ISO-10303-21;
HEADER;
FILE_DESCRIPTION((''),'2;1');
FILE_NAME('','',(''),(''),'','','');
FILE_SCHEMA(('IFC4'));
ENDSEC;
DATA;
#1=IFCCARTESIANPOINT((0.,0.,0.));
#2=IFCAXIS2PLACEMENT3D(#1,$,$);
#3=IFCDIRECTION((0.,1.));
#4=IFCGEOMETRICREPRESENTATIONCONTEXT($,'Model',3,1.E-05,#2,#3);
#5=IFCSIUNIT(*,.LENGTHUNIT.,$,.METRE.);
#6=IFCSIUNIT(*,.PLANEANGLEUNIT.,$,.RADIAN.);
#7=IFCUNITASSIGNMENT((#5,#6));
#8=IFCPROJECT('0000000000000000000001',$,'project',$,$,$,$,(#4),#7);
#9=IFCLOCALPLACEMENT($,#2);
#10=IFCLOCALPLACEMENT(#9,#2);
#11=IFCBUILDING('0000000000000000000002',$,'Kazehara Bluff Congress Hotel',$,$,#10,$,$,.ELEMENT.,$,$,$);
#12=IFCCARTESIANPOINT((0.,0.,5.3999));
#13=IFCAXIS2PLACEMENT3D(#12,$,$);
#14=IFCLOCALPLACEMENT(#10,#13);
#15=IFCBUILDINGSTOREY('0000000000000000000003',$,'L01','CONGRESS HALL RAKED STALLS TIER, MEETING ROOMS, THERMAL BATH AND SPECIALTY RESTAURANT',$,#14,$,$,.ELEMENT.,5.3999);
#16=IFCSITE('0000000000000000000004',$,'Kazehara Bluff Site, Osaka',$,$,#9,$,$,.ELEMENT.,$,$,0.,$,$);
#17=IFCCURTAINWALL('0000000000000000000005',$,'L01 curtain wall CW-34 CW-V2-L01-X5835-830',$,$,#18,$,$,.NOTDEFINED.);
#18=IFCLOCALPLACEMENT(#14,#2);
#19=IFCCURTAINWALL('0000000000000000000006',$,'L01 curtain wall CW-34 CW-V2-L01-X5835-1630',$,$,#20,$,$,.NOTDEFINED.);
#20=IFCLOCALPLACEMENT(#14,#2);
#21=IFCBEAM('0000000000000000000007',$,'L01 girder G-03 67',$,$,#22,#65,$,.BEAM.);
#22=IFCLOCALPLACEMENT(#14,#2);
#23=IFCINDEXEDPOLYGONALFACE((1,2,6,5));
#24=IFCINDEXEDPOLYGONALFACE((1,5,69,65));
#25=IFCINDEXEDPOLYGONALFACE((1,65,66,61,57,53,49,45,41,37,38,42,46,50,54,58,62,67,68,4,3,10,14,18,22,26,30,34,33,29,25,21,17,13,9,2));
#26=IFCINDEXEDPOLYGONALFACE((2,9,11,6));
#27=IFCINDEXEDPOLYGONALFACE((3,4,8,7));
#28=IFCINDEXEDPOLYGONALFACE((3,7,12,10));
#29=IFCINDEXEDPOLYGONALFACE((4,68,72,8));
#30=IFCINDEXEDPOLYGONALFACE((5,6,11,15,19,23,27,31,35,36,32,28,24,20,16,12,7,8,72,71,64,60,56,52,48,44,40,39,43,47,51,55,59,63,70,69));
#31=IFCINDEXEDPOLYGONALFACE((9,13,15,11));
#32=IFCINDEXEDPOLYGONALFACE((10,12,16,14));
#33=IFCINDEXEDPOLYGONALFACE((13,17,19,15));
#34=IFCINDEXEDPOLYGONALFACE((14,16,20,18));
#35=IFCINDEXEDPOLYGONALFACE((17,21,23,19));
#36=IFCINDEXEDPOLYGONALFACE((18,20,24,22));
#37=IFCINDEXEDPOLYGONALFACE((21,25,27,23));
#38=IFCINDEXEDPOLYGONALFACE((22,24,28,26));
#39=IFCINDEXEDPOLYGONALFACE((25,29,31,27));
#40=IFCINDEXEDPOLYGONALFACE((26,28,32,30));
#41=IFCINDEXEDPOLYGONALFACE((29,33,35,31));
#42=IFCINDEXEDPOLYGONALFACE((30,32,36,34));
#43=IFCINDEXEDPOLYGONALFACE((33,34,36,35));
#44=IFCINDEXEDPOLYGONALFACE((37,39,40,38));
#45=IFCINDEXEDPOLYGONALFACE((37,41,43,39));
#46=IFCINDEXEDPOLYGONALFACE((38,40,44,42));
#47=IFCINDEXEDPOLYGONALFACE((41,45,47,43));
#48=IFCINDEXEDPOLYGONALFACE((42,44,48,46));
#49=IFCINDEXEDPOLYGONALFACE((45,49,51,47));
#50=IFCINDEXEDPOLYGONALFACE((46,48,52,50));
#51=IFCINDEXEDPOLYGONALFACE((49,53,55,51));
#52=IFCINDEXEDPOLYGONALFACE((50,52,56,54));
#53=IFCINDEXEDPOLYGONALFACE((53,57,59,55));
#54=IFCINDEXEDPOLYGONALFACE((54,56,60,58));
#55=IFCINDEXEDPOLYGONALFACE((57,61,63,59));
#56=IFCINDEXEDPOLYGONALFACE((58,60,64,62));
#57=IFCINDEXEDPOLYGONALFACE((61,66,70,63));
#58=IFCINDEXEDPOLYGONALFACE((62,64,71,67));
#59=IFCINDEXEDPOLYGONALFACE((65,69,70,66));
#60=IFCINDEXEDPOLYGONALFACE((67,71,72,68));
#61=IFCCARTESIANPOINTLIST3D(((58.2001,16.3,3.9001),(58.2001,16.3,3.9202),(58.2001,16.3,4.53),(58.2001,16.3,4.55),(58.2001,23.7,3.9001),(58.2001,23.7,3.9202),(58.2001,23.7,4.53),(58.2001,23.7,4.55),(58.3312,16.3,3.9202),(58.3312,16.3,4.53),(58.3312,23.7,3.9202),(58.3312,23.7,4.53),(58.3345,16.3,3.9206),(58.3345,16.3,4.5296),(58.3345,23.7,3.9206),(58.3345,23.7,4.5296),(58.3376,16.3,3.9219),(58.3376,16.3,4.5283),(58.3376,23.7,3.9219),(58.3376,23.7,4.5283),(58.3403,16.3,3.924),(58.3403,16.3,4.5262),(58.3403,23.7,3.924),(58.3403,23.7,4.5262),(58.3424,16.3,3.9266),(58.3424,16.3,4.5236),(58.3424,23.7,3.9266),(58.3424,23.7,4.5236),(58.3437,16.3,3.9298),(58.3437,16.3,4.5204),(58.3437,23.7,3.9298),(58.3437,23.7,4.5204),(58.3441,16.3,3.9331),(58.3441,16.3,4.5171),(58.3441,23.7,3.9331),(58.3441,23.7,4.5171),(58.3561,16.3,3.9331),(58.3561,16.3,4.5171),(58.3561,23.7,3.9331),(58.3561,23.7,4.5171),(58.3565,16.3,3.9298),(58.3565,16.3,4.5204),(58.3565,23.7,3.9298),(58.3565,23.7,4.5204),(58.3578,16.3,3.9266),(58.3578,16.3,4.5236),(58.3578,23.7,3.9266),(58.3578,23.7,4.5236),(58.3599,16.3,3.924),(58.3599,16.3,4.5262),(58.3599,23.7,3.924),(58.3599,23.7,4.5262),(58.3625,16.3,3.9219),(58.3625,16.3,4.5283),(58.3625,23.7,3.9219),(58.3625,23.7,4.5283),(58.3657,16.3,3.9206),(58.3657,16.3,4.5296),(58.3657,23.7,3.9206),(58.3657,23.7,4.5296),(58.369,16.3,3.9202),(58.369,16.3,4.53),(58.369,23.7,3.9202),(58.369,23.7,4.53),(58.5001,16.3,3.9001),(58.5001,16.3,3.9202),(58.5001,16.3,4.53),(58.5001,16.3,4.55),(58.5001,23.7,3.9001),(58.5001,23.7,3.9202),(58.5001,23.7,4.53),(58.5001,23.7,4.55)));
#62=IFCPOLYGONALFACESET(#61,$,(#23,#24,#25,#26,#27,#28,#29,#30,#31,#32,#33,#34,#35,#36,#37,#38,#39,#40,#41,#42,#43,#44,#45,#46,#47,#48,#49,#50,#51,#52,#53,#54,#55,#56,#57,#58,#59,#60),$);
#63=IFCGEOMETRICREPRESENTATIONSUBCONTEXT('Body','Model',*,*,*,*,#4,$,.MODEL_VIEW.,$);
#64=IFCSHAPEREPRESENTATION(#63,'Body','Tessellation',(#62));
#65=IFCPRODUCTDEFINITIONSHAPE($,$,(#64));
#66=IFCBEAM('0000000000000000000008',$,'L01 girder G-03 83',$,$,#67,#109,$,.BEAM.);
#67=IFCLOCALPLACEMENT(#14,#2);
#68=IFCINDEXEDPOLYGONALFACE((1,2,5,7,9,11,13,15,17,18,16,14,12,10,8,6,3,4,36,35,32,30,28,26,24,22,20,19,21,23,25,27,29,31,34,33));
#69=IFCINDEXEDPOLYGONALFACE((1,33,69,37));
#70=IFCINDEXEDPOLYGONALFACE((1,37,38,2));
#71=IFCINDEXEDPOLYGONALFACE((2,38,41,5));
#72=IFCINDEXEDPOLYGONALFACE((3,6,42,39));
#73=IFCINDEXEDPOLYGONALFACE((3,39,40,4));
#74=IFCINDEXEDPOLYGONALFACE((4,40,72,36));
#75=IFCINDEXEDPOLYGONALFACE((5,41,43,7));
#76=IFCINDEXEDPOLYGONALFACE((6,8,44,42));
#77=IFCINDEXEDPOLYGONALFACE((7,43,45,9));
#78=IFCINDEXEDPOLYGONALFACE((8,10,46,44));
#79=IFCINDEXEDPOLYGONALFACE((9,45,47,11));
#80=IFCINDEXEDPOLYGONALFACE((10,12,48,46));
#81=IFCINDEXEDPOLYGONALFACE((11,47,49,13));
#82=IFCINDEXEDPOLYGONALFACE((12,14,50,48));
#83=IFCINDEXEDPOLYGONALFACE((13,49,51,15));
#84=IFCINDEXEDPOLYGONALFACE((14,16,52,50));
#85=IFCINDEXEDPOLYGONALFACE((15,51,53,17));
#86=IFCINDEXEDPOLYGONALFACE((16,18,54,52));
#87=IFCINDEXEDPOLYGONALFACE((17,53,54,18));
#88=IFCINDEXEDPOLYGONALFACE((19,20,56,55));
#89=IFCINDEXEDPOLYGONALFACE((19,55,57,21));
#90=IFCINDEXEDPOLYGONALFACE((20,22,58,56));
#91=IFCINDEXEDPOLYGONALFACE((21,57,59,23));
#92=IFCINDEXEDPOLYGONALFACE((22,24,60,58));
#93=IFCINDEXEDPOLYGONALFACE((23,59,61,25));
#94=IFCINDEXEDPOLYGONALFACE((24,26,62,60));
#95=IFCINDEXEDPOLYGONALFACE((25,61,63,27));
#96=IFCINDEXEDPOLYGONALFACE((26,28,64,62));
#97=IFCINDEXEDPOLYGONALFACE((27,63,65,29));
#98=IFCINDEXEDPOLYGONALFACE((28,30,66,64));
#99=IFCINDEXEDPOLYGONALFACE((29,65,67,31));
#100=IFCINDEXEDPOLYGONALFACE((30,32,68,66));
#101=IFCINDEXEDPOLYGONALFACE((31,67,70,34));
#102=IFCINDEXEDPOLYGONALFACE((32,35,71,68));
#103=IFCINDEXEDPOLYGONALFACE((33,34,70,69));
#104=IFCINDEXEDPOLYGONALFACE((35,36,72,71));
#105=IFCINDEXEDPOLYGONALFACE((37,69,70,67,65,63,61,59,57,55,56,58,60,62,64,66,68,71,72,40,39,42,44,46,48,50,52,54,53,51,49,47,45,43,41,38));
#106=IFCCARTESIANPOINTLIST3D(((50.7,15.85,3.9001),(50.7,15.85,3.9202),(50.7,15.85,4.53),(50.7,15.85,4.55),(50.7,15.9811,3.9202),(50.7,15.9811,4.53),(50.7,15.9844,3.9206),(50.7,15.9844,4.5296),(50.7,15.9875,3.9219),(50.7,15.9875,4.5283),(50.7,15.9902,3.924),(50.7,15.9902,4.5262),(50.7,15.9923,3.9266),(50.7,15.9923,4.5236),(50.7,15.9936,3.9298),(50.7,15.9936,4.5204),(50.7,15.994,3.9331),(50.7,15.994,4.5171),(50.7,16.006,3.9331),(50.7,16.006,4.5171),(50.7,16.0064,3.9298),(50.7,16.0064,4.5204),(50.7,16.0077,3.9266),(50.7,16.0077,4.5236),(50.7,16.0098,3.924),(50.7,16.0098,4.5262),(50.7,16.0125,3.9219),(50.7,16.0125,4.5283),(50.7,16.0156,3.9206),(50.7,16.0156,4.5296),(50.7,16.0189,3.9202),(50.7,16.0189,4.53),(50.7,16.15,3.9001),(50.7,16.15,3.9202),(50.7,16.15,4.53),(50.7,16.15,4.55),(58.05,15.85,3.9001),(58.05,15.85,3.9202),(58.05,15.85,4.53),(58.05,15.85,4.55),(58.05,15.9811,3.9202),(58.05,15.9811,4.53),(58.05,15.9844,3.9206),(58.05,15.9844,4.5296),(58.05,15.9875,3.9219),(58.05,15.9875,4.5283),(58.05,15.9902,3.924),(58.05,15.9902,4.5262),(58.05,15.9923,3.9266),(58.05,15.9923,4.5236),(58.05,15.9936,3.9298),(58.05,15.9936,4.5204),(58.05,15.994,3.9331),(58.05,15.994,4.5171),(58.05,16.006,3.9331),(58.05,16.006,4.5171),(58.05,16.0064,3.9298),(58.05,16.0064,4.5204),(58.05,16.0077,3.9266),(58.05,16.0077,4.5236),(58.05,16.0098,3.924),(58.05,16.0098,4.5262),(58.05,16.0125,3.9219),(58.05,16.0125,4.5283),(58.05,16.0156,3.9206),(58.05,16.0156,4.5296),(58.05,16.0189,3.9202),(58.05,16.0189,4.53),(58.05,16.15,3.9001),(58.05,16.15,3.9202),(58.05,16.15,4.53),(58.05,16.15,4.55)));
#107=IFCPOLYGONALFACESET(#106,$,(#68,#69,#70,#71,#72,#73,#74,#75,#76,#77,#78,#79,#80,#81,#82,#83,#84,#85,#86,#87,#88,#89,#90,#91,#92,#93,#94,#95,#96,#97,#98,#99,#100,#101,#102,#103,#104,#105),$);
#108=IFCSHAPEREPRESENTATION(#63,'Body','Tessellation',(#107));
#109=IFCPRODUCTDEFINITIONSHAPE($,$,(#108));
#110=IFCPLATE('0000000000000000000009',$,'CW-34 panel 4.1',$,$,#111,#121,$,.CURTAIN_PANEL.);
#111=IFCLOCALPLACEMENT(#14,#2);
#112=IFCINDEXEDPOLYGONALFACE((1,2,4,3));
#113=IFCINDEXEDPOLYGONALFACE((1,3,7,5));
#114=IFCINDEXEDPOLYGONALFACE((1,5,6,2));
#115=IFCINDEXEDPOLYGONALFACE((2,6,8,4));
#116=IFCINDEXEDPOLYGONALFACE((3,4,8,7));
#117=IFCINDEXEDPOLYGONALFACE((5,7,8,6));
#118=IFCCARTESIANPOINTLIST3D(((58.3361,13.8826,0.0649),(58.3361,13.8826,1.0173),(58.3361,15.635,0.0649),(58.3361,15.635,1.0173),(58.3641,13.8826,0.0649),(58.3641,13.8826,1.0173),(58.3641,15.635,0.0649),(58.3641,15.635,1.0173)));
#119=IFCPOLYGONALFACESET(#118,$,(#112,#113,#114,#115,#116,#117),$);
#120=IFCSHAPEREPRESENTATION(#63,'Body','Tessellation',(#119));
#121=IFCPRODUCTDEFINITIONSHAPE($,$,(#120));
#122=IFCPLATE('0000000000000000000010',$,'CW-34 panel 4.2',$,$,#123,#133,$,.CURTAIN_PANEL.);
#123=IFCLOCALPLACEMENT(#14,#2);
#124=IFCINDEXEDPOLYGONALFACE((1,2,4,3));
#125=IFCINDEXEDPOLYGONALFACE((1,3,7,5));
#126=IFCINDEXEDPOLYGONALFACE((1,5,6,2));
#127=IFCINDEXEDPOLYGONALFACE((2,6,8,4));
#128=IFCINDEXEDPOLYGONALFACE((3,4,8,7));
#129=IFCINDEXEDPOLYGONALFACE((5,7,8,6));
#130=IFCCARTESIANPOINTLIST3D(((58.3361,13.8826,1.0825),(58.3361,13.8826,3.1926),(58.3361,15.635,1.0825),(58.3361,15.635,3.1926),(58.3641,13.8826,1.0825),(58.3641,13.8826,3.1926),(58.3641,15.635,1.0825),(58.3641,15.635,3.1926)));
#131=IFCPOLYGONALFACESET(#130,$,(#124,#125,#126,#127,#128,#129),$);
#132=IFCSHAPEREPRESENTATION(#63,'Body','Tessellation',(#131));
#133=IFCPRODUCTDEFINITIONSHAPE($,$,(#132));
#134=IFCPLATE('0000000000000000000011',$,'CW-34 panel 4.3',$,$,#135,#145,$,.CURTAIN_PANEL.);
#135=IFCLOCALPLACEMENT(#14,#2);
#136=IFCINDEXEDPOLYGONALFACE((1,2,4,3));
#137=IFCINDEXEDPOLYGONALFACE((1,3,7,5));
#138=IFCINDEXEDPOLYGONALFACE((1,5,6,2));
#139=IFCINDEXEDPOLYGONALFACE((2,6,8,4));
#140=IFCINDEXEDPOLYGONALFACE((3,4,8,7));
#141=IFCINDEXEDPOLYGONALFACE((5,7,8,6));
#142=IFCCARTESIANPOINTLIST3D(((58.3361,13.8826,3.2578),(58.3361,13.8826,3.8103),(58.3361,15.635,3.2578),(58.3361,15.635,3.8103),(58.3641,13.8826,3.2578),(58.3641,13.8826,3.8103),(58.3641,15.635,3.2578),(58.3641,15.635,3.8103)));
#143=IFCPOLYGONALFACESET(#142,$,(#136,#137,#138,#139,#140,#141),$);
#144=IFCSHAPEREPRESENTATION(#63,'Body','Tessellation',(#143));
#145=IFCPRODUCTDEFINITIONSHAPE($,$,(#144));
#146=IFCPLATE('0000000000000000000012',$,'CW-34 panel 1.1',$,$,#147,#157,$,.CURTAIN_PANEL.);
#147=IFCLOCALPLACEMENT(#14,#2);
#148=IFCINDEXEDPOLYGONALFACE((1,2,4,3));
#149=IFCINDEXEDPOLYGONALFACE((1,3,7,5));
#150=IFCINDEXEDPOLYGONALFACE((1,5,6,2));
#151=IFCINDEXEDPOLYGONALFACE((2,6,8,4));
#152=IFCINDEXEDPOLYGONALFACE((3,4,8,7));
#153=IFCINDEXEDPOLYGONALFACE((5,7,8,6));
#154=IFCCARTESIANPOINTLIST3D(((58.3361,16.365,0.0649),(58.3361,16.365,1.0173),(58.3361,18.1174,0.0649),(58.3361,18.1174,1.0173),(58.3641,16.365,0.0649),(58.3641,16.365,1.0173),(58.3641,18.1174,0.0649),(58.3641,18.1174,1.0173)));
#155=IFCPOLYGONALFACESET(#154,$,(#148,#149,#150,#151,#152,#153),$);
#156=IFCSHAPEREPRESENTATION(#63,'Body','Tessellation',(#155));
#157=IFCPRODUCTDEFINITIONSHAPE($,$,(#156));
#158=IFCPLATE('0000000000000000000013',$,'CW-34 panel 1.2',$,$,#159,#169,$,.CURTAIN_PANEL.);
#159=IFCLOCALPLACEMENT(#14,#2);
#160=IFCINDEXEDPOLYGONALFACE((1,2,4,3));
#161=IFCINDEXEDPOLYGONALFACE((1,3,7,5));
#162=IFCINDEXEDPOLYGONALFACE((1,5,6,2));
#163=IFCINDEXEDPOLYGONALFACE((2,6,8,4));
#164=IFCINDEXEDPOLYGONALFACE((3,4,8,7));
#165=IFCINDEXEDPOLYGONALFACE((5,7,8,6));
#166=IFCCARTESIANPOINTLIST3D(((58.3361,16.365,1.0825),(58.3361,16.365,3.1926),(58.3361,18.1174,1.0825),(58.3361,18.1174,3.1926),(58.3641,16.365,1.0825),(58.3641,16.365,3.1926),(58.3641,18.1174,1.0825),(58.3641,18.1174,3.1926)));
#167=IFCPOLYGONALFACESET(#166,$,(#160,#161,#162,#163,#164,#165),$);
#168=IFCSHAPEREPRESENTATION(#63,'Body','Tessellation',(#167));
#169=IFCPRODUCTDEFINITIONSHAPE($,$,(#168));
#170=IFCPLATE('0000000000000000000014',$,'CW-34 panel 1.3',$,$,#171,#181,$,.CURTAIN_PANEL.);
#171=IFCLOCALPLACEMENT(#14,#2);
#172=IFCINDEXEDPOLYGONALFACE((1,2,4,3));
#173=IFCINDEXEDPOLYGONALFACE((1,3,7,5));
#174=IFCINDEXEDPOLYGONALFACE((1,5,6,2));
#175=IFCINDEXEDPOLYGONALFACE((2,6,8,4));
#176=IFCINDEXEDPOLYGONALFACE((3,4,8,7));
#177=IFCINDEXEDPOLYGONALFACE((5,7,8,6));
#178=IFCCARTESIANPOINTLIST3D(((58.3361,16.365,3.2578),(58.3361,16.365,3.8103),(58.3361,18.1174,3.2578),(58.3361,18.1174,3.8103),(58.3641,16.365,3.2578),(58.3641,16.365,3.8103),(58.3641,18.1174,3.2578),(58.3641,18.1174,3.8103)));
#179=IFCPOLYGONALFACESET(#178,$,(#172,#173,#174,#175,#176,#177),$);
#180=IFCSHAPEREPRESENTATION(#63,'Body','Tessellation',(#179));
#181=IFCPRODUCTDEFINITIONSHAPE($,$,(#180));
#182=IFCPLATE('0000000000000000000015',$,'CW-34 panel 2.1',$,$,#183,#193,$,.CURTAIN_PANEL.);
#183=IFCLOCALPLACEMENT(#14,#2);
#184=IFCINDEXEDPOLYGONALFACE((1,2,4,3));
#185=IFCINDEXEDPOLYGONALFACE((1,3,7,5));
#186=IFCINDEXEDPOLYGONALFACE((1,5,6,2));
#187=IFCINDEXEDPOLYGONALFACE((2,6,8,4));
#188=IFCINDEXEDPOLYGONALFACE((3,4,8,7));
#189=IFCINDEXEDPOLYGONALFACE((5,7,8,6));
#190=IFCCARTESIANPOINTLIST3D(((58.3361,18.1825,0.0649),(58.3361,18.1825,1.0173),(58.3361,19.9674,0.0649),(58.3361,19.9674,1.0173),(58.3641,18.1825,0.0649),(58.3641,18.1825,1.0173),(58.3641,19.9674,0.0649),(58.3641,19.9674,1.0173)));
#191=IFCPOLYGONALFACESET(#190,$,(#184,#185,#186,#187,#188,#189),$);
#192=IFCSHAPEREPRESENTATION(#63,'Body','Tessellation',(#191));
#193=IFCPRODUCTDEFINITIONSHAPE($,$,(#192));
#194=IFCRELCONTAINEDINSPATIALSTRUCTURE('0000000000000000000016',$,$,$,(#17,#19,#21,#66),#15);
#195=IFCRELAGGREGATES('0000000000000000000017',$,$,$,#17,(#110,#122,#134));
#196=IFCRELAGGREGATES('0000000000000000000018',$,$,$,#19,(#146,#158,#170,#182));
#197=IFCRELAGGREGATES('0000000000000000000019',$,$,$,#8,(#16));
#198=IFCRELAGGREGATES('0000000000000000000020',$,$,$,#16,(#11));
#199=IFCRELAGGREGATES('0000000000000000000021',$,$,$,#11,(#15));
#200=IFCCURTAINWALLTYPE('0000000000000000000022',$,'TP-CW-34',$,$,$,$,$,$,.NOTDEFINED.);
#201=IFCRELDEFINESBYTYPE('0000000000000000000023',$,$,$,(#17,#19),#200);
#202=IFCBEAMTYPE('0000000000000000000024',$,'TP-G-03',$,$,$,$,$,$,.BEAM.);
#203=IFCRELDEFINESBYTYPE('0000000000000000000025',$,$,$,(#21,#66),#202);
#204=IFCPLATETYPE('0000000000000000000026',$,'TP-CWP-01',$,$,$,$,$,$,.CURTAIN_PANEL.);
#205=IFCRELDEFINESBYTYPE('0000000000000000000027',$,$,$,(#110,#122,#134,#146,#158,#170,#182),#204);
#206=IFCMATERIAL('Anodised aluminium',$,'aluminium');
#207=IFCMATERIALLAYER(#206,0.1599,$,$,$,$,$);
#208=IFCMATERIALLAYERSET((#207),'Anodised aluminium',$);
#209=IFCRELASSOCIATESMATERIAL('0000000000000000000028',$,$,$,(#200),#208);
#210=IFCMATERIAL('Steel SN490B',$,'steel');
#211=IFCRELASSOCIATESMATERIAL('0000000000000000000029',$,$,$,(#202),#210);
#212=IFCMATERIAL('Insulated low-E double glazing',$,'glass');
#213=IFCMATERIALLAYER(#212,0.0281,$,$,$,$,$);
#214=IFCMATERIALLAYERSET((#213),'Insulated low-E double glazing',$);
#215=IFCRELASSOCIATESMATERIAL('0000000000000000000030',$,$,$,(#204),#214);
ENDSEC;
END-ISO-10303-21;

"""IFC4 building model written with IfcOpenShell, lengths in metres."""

from ifc_helpers import new_model, si_unit, direction, frame, origin, origin_2d, place, context, subcontext, project, spatial, rectangle, i_section, extrude, material, layer, layer_set, material_profile, profile_set, type_object, element, aggregate, save


model = new_model("IFC4")

# Units and contexts
model_context = context("Model", 3, precision=1e-05, world=origin(), true_north=direction((0.0, 1.0)))
body_context = subcontext(model_context, "Body", "Model", "MODEL_VIEW")
ifc_project = project(units=[si_unit("LENGTHUNIT", "METRE"), si_unit("PLANEANGLEUNIT", "RADIAN")], contexts=[model_context])

# Site, building, storey
site_placement = place(None, origin())
site = spatial("IfcSite", under=ifc_project, at=site_placement, Name="Kazehara Bluff Site, Osaka", CompositionType="ELEMENT", RefElevation=0.0)
building_placement = place(site_placement, origin())
building = spatial("IfcBuilding", under=site, at=building_placement, Name="Kazehara Bluff Congress Hotel", CompositionType="ELEMENT")
storey_placement = place(building_placement, frame((0.0, 0.0, 5.3999)))
storey = spatial("IfcBuildingStorey", under=building, at=storey_placement, Name="L01", Description="CONGRESS HALL RAKED STALLS TIER, MEETING ROOMS, THERMAL BATH AND SPECIALTY RESTAURANT", CompositionType="ELEMENT", Elevation=5.3999)

# Curtain walls
ifc_material_1 = material(Name="Anodised aluminium", Category="aluminium")
ifc_layer_1 = layer(ifc_material_1, 0.1599)
ifc_layer_set_1 = layer_set([ifc_layer_1], Name="Anodised aluminium")
curtain_wall_type = type_object("IfcCurtainWallType", Name="TP-CW-34", PredefinedType="NOTDEFINED", material=ifc_layer_set_1)
curtain_wall_1_placement = place(storey_placement, origin())
curtain_wall_1 = element("IfcCurtainWall", 1, at=curtain_wall_1_placement, inside=storey, type_object=curtain_wall_type, Name="L01 curtain wall CW-34 CW-V2-L01-X5835-830", PredefinedType="NOTDEFINED")
curtain_wall_2_placement = place(storey_placement, origin())
curtain_wall_2 = element("IfcCurtainWall", 2, at=curtain_wall_2_placement, inside=storey, type_object=curtain_wall_type, Name="L01 curtain wall CW-34 CW-V2-L01-X5835-1630", PredefinedType="NOTDEFINED")

# Beams
ifc_material_2 = material(Name="Steel SN490B", Category="steel")
ifc_material_profile_1 = material_profile(ifc_material_2, i_section(OverallWidth=0.3, OverallDepth=0.6499, WebThickness=0.012, FlangeThickness=0.02, FilletRadius=0.0129, at=origin_2d()))
ifc_profile_set_1 = profile_set([ifc_material_profile_1], Name="Steel SN490B")
beam_type = type_object("IfcBeamType", Name="TP-G-03", PredefinedType="BEAM", material=ifc_profile_set_1)
for number, where, z_axis, x_axis, name in (
    (3, (58.3501, 16.3, 4.2251), (0.0, 1.0, 0.0), (-1.0, 0.0, 0.0), "L01 girder G-03 67"),
):
    element("IfcBeam", number, at=place(storey_placement, frame(where, z_axis=z_axis, x_axis=x_axis)), inside=storey, type_object=beam_type, Name=name, PredefinedType="BEAM", context=body_context, shape_type="SweptSolid", body=[
        extrude(i_section(OverallWidth=0.3, OverallDepth=0.6499, WebThickness=0.012, FlangeThickness=0.02, FilletRadius=0.0129, at=origin_2d()), origin(), (0.0, 0.0, 1.0), 7.3999),
    ])
beam_placement = place(storey_placement, frame((50.7, 16.0, 4.2251), z_axis=(1.0, 0.0, 0.0), x_axis=(0.0, 1.0, 0.0)))
element("IfcBeam", 4, at=beam_placement, inside=storey, type_object=beam_type, Name="L01 girder G-03 83", PredefinedType="BEAM", context=body_context, shape_type="SweptSolid", body=[
    extrude(i_section(OverallWidth=0.3, OverallDepth=0.6499, WebThickness=0.012, FlangeThickness=0.02, FilletRadius=0.0129, at=origin_2d()), origin(), (0.0, 0.0, 1.0), 7.3501),
])

# Plates
ifc_material_3 = material(Name="Insulated low-E double glazing", Category="glass")
ifc_layer_2 = layer(ifc_material_3, 0.0281)
ifc_layer_set_2 = layer_set([ifc_layer_2], Name="Insulated low-E double glazing")
plate_type = type_object("IfcPlateType", Name="TP-CWP-01", PredefinedType="CURTAIN_PANEL", material=ifc_layer_set_2)
plate_1_placement = place(storey_placement, frame((58.3501, 14.7588, 0.0649), z_axis=(0.0, 0.0, 1.0), x_axis=(0.0, 1.0, 0.0)))
plate_1 = element("IfcPlate", 5, at=plate_1_placement, type_object=plate_type, Name="CW-34 panel 4.1", PredefinedType="CURTAIN_PANEL", context=body_context, shape_type="SweptSolid", body=[
    extrude(rectangle(XDim=1.7524, YDim=0.0281, at=origin_2d()), origin(), (0.0, 0.0, 1.0), 0.9524),
])
plate_2_placement = place(storey_placement, frame((58.3501, 14.7588, 1.0825), z_axis=(0.0, 0.0, 1.0), x_axis=(0.0, 1.0, 0.0)))
plate_2 = element("IfcPlate", 6, at=plate_2_placement, type_object=plate_type, Name="CW-34 panel 4.2", PredefinedType="CURTAIN_PANEL", context=body_context, shape_type="SweptSolid", body=[
    extrude(rectangle(XDim=1.7524, YDim=0.0281, at=origin_2d()), origin(), (0.0, 0.0, 1.0), 2.1101),
])
plate_3_placement = place(storey_placement, frame((58.3501, 14.7588, 3.2578), z_axis=(0.0, 0.0, 1.0), x_axis=(0.0, 1.0, 0.0)))
plate_3 = element("IfcPlate", 7, at=plate_3_placement, type_object=plate_type, Name="CW-34 panel 4.3", PredefinedType="CURTAIN_PANEL", context=body_context, shape_type="SweptSolid", body=[
    extrude(rectangle(XDim=1.7524, YDim=0.0281, at=origin_2d()), origin(), (0.0, 0.0, 1.0), 0.5525),
])
aggregate(curtain_wall_1, [plate_1, plate_2, plate_3])
plate_4_placement = place(storey_placement, frame((58.3501, 17.2412, 0.0649), z_axis=(0.0, 0.0, 1.0), x_axis=(0.0, 1.0, 0.0)))
plate_4 = element("IfcPlate", 8, at=plate_4_placement, type_object=plate_type, Name="CW-34 panel 1.1", PredefinedType="CURTAIN_PANEL", context=body_context, shape_type="SweptSolid", body=[
    extrude(rectangle(XDim=1.7524, YDim=0.0281, at=origin_2d()), origin(), (0.0, 0.0, 1.0), 0.9524),
])
plate_5_placement = place(storey_placement, frame((58.3501, 17.2412, 1.0825), z_axis=(0.0, 0.0, 1.0), x_axis=(0.0, 1.0, 0.0)))
plate_5 = element("IfcPlate", 9, at=plate_5_placement, type_object=plate_type, Name="CW-34 panel 1.2", PredefinedType="CURTAIN_PANEL", context=body_context, shape_type="SweptSolid", body=[
    extrude(rectangle(XDim=1.7524, YDim=0.0281, at=origin_2d()), origin(), (0.0, 0.0, 1.0), 2.1101),
])
plate_6_placement = place(storey_placement, frame((58.3501, 17.2412, 3.2578), z_axis=(0.0, 0.0, 1.0), x_axis=(0.0, 1.0, 0.0)))
plate_6 = element("IfcPlate", 10, at=plate_6_placement, type_object=plate_type, Name="CW-34 panel 1.3", PredefinedType="CURTAIN_PANEL", context=body_context, shape_type="SweptSolid", body=[
    extrude(rectangle(XDim=1.7524, YDim=0.0281, at=origin_2d()), origin(), (0.0, 0.0, 1.0), 0.5525),
])
plate_7_placement = place(storey_placement, frame((58.3501, 19.075, 0.0649), z_axis=(0.0, 0.0, 1.0), x_axis=(0.0, 1.0, 0.0)))
plate_7 = element("IfcPlate", 11, at=plate_7_placement, type_object=plate_type, Name="CW-34 panel 2.1", PredefinedType="CURTAIN_PANEL", context=body_context, shape_type="SweptSolid", body=[
    extrude(rectangle(XDim=1.7849, YDim=0.0281, at=origin_2d()), origin(), (0.0, 0.0, 1.0), 0.9524),
])
aggregate(curtain_wall_2, [plate_4, plate_5, plate_6, plate_7])

save(model, "model.ifc")
